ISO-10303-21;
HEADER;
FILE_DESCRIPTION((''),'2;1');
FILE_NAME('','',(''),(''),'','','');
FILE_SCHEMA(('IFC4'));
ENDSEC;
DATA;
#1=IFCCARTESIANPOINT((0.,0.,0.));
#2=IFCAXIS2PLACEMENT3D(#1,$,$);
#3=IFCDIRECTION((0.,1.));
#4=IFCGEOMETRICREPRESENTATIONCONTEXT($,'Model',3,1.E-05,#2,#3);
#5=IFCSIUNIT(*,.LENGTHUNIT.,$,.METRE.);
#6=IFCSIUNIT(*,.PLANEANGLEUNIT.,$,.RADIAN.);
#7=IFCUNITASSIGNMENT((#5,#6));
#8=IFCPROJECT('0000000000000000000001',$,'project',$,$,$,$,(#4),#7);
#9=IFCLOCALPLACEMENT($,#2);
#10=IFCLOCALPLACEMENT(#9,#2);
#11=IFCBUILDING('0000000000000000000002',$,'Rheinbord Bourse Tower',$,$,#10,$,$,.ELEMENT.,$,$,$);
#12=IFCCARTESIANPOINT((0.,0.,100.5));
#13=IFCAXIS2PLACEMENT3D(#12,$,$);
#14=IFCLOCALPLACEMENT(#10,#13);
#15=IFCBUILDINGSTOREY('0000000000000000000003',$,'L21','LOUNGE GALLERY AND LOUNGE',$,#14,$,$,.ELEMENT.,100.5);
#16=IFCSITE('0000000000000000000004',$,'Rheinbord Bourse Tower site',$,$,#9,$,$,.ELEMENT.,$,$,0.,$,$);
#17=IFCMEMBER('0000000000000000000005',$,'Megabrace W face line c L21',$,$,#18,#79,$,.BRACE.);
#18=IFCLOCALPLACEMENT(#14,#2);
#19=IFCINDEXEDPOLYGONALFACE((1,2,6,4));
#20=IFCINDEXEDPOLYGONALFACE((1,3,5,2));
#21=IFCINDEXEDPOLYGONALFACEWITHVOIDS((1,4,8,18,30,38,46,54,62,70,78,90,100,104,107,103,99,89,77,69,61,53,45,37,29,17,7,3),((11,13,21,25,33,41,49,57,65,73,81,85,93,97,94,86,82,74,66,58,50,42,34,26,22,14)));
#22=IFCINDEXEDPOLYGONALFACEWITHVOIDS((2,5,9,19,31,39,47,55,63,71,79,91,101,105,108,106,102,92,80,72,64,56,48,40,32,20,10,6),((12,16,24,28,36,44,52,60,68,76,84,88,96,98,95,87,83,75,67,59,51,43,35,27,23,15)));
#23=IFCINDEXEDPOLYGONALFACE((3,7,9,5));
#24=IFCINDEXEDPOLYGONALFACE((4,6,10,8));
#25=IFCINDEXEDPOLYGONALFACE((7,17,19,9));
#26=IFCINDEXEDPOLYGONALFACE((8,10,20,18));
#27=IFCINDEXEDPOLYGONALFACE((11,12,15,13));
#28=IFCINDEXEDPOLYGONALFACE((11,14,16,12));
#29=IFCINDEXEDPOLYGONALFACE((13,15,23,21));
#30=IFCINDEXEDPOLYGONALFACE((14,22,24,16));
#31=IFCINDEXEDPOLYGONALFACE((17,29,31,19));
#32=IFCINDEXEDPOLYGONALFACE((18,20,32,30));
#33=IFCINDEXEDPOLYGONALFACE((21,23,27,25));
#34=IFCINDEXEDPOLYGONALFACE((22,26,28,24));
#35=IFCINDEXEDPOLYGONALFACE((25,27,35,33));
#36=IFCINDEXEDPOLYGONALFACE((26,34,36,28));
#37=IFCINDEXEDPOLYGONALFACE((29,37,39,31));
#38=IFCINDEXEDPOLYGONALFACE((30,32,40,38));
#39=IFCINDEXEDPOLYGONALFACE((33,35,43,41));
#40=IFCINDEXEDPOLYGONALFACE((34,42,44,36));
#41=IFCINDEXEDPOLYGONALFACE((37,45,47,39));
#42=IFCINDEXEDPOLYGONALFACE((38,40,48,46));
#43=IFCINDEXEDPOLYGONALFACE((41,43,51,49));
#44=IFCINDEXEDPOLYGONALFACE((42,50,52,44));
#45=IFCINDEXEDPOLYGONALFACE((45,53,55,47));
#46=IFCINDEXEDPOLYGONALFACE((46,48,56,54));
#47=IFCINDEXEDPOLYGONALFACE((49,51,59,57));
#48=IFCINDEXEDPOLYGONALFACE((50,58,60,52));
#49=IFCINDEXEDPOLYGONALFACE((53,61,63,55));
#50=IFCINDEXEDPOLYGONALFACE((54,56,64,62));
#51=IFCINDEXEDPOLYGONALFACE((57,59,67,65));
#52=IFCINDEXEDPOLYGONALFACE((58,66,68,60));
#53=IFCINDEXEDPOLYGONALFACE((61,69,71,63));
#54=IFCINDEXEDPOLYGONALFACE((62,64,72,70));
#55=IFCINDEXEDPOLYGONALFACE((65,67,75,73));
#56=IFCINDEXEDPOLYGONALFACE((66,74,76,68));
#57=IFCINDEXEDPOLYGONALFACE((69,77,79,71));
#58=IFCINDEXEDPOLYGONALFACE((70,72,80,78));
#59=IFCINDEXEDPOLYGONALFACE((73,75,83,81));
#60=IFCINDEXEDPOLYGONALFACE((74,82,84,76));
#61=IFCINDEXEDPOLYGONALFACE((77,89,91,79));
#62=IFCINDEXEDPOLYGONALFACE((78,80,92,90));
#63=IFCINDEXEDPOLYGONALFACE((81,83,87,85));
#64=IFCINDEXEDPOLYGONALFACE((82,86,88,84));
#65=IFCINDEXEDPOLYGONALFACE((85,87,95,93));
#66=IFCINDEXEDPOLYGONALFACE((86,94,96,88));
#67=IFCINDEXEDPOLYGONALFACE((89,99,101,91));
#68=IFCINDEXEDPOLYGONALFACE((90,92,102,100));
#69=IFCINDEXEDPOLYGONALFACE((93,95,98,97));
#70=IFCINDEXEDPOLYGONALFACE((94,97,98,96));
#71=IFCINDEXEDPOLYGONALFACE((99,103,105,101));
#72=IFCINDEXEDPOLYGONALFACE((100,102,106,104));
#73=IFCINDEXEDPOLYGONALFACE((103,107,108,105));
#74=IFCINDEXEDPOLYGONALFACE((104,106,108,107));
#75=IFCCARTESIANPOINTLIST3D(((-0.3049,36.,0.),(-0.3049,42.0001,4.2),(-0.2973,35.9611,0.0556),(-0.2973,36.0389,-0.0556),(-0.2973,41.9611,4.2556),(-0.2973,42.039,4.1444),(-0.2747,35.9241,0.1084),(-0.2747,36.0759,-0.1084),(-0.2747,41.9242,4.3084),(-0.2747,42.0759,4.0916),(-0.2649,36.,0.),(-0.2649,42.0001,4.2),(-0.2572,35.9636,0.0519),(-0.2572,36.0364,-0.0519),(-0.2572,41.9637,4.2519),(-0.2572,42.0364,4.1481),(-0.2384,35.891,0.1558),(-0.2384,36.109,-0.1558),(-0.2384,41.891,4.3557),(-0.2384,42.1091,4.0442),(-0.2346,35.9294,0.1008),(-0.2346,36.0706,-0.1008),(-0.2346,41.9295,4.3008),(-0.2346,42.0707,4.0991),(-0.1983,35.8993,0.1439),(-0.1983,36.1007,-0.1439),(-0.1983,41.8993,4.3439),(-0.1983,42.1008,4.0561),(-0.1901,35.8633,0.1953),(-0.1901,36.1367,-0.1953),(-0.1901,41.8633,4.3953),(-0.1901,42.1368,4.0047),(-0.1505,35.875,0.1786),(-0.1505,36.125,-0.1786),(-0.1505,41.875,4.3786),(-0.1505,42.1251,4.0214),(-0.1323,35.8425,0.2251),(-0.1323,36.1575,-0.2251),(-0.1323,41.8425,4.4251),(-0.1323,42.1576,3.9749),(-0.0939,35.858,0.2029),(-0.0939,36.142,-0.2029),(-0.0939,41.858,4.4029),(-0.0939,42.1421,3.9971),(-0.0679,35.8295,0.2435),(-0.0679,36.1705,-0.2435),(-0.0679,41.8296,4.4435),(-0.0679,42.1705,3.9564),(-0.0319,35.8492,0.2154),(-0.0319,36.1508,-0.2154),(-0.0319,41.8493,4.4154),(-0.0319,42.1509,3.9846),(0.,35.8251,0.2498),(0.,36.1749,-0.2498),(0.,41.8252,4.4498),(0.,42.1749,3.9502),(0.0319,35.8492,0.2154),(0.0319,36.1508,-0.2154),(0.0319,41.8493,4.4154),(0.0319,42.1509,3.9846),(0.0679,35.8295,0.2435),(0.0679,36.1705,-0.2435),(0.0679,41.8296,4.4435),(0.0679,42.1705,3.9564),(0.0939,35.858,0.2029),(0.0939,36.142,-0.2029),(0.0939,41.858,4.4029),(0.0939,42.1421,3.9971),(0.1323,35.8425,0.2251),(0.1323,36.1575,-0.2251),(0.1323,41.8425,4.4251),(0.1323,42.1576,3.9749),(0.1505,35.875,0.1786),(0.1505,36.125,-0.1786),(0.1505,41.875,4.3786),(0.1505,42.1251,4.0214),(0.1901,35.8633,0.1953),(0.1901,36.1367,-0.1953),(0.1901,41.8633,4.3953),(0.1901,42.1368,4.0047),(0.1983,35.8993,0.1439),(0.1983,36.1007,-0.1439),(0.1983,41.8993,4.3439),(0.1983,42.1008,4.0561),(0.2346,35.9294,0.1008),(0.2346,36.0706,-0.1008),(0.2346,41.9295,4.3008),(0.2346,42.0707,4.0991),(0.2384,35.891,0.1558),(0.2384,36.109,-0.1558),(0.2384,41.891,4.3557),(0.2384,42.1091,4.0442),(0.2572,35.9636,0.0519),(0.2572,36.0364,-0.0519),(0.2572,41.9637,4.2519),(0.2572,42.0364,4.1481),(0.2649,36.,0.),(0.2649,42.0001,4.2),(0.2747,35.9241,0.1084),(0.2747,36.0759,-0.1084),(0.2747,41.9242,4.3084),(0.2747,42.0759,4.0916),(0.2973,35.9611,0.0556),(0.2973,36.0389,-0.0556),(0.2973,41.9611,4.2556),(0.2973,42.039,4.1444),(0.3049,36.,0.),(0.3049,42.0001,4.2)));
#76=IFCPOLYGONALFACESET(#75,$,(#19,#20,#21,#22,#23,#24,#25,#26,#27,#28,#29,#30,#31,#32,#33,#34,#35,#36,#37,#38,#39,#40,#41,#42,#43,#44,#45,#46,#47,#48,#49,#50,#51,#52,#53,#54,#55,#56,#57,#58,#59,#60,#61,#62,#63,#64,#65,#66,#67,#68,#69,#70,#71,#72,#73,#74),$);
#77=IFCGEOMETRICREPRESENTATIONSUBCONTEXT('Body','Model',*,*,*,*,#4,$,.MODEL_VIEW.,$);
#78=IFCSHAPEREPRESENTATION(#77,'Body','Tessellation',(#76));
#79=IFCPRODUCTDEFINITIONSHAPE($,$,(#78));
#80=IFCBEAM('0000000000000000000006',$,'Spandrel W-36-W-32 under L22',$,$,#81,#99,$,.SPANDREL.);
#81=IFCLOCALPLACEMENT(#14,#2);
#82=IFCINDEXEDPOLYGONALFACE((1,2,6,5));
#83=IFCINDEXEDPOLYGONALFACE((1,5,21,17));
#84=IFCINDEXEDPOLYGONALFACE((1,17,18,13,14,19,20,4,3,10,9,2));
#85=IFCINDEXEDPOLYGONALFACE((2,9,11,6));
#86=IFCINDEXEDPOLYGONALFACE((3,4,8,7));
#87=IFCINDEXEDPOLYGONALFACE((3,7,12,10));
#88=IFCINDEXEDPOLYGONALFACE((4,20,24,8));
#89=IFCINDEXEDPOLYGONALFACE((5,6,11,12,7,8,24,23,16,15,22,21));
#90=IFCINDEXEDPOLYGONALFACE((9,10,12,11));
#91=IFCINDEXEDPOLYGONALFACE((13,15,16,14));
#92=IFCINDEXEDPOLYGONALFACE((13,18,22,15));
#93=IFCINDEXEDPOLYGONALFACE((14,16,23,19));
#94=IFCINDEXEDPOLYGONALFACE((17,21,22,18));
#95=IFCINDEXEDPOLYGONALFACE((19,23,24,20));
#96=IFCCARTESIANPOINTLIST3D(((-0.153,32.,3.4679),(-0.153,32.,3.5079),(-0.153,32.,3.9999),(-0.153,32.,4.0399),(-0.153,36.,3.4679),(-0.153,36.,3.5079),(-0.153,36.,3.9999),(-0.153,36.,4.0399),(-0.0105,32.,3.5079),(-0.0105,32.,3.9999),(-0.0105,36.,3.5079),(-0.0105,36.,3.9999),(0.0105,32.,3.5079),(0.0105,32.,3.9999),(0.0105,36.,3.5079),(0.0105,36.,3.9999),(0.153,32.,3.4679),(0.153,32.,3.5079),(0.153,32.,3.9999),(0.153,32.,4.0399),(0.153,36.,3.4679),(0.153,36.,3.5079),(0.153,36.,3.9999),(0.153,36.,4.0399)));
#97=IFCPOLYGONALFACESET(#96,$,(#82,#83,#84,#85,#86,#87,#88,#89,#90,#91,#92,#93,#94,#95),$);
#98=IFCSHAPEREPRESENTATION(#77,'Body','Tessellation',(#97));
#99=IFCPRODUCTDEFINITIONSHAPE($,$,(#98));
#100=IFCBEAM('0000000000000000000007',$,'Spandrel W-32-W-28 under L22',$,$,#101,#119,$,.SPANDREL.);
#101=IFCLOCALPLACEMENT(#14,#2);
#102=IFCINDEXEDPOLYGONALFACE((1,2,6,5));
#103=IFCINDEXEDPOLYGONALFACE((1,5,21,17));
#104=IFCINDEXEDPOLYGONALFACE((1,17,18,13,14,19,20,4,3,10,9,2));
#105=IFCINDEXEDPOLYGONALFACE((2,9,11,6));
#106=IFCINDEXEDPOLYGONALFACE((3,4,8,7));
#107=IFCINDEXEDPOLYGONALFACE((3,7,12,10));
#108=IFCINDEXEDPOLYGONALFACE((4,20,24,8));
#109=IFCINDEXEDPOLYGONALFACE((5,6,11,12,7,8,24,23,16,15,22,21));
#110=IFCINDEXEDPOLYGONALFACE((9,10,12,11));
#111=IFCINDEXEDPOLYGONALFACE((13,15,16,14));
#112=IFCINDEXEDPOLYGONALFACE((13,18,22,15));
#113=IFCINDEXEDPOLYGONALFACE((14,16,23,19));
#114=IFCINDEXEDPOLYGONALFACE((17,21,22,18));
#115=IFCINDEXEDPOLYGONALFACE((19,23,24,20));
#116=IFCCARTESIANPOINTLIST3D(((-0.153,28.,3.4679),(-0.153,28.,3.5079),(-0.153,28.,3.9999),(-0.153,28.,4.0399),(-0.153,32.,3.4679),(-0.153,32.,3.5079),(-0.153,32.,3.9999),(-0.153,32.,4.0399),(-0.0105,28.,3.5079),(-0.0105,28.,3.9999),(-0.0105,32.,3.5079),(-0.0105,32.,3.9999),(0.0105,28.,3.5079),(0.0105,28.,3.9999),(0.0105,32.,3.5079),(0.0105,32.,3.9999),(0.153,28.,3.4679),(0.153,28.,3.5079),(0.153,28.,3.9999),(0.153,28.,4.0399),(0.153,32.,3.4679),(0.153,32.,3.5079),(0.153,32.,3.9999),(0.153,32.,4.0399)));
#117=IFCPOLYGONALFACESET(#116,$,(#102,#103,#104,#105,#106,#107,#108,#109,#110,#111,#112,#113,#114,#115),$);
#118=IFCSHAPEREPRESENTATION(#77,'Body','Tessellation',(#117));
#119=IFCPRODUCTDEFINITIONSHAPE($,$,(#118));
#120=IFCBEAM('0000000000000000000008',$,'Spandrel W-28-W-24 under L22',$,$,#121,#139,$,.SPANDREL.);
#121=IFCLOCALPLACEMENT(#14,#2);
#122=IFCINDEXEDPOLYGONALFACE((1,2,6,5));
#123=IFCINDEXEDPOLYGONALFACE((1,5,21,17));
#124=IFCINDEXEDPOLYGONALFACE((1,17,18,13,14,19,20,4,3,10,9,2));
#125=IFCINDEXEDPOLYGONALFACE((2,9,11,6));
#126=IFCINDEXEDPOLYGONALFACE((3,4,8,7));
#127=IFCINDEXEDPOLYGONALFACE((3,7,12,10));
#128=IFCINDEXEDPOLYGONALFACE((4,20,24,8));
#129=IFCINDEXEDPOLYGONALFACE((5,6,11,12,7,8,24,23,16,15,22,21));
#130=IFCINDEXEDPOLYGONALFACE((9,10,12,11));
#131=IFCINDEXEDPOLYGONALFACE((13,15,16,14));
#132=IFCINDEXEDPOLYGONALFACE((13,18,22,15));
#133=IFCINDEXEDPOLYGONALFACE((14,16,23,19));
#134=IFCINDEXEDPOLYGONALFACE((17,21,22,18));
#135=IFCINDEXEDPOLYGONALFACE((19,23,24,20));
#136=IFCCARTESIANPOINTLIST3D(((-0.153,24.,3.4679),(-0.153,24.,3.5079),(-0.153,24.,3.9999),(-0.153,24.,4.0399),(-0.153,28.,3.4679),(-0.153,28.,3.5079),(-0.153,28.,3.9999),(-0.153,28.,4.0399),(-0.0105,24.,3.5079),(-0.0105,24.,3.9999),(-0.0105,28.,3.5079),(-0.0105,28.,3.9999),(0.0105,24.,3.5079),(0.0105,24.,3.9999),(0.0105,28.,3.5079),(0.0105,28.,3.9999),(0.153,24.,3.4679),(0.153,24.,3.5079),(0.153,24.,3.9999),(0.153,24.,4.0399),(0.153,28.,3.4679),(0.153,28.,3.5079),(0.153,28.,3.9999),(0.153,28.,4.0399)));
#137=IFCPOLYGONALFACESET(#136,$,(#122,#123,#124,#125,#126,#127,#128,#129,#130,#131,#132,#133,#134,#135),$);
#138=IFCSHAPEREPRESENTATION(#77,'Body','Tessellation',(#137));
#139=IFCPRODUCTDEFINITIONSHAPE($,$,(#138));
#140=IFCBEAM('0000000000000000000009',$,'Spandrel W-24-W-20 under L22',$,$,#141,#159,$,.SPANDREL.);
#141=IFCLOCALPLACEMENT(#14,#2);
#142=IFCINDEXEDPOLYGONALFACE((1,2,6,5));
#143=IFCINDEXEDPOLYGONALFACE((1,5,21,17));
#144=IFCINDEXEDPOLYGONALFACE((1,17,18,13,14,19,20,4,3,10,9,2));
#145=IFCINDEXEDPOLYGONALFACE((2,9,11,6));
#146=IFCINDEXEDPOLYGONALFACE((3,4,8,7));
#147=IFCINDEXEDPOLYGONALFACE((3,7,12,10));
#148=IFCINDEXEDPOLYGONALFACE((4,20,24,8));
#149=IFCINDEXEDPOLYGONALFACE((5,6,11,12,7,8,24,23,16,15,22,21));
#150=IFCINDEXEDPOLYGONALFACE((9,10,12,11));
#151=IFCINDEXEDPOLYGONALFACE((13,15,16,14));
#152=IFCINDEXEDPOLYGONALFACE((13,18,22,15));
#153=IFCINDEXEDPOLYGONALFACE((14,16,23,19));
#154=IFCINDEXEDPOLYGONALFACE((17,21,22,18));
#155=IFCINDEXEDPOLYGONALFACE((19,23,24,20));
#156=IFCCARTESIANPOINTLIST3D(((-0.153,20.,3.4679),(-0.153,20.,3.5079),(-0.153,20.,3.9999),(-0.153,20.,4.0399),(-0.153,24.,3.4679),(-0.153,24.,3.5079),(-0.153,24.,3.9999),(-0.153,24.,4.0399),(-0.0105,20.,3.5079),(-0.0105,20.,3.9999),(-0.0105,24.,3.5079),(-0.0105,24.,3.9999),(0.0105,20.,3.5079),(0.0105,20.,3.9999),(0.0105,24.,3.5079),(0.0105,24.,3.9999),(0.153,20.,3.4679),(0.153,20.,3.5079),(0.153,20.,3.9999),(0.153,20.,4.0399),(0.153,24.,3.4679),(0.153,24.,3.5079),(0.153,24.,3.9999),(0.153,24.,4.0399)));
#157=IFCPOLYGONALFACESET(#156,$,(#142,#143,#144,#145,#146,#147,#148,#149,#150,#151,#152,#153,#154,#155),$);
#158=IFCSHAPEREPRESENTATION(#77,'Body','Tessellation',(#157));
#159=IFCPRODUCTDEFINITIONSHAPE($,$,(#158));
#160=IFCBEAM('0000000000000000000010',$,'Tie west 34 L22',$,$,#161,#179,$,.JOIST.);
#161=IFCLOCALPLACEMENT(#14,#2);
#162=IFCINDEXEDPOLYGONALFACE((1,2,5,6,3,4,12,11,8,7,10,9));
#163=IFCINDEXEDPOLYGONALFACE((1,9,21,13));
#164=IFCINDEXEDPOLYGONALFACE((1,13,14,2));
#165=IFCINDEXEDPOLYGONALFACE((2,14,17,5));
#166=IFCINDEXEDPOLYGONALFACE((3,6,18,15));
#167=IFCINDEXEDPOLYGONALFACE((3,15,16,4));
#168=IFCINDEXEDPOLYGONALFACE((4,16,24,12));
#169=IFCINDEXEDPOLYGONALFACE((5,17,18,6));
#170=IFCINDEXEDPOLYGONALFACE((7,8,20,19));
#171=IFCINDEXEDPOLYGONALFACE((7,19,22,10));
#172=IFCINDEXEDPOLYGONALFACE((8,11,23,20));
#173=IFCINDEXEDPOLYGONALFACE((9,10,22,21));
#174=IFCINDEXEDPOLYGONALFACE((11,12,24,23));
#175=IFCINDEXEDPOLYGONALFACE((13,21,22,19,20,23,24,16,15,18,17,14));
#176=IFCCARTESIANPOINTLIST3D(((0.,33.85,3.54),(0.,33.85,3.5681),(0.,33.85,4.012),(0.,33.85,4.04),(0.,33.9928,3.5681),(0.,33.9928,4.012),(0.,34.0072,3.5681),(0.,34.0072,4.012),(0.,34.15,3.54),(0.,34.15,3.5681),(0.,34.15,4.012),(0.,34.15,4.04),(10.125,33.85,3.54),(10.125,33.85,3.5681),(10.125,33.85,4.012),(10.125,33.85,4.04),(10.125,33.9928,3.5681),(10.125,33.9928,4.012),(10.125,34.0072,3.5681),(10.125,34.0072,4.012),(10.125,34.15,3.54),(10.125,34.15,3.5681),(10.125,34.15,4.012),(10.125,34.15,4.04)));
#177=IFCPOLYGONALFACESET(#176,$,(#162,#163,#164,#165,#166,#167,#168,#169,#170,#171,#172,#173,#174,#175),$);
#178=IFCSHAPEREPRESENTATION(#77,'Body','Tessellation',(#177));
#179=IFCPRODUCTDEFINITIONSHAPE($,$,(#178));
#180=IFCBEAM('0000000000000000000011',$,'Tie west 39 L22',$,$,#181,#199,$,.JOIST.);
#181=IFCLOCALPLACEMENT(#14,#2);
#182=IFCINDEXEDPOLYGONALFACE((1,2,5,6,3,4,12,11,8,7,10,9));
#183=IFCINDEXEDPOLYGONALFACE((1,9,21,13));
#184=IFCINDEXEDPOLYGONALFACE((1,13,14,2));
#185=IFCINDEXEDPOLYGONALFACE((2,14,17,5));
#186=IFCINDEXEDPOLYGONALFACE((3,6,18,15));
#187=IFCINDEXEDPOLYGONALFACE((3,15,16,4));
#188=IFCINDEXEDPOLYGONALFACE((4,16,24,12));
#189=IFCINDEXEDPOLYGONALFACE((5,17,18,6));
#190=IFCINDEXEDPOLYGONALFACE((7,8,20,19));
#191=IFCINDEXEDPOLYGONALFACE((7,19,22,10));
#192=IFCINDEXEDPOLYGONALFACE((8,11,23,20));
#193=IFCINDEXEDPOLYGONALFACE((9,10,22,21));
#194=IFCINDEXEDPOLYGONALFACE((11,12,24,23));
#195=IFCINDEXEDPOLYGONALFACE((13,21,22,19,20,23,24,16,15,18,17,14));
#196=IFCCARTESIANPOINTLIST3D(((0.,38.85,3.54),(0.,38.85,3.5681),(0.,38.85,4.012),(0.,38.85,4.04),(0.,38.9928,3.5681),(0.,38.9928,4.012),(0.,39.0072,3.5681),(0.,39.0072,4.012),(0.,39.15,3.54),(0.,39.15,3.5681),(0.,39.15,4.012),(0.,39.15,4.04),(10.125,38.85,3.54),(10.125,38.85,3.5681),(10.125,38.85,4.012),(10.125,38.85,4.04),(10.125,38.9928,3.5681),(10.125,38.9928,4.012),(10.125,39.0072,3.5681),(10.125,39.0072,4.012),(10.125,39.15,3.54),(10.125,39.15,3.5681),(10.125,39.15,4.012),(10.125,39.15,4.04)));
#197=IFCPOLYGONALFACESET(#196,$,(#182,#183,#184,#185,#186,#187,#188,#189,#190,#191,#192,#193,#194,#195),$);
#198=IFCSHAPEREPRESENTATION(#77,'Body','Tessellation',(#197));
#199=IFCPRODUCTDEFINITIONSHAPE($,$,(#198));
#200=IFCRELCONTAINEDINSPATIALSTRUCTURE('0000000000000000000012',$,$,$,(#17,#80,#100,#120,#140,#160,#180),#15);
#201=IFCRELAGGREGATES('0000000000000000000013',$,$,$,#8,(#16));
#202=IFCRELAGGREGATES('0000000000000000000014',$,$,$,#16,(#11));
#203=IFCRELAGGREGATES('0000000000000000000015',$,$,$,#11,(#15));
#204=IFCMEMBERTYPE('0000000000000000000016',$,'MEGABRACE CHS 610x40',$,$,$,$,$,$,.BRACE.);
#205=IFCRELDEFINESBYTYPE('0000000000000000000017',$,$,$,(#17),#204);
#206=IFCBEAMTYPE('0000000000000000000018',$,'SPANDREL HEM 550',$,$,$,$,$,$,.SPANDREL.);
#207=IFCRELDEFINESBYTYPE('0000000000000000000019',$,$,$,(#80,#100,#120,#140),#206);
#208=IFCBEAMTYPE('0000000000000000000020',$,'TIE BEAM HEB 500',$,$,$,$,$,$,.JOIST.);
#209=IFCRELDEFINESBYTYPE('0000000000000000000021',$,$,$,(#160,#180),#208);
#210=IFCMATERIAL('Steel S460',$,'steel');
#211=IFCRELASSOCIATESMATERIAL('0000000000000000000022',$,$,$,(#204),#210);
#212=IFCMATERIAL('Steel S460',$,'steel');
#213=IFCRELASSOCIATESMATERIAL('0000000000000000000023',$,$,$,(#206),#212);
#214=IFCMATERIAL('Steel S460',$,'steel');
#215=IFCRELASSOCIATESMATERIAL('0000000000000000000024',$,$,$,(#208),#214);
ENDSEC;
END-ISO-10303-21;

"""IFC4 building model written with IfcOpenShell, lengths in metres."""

from ifc_helpers import new_model, si_unit, direction, frame, origin, origin_2d, place, context, subcontext, project, spatial, hollow_circle, i_section, extrude, material, material_profile, profile_set, type_object, element, save


model = new_model("IFC4")

# Units and contexts
model_context = context("Model", 3, precision=1e-05, world=origin(), true_north=direction((0.0, 1.0)))
body_context = subcontext(model_context, "Body", "Model", "MODEL_VIEW")
ifc_project = project(units=[si_unit("LENGTHUNIT", "METRE"), si_unit("PLANEANGLEUNIT", "RADIAN")], contexts=[model_context])

# Site, building, storey
site_placement = place(None, origin())
site = spatial("IfcSite", under=ifc_project, at=site_placement, Name="Rheinbord Bourse Tower site", CompositionType="ELEMENT", RefElevation=0.0)
building_placement = place(site_placement, origin())
building = spatial("IfcBuilding", under=site, at=building_placement, Name="Rheinbord Bourse Tower", CompositionType="ELEMENT")
storey_placement = place(building_placement, frame((0.0, 0.0, 100.5)))
storey = spatial("IfcBuildingStorey", under=building, at=storey_placement, Name="L21", Description="LOUNGE GALLERY AND LOUNGE", CompositionType="ELEMENT", Elevation=100.5)

# Member
ifc_material_1 = material(Name="Steel S460", Category="steel")
ifc_material_profile_1 = material_profile(ifc_material_1, hollow_circle(Radius=0.3049, WallThickness=0.04, at=origin_2d()), Name="CHS 610x40")
ifc_profile_set_1 = profile_set([ifc_material_profile_1], Name="Steel S460")
member_type_1 = type_object("IfcMemberType", Name="MEGABRACE CHS 610x40", PredefinedType="BRACE", material=ifc_profile_set_1)
member_1_placement = place(storey_placement, frame((0.0, 36.0, 0.0), z_axis=(0.0, 0.819235, 0.573458), x_axis=(-1.0, 0.0, 0.0)))
element("IfcMember", 1, at=member_1_placement, inside=storey, type_object=member_type_1, Name="Megabrace W face line c L21", PredefinedType="BRACE", context=body_context, shape_type="SweptSolid", body=[
    extrude(hollow_circle(Radius=0.3049, WallThickness=0.04, at=origin_2d()), origin(), (0.0, 0.0, 1.0), 7.324),
])

# Beams
ifc_material_2 = material(Name="Steel S460", Category="steel")
ifc_material_profile_2 = material_profile(ifc_material_2, i_section(OverallWidth=0.3059, OverallDepth=0.572, WebThickness=0.021, FlangeThickness=0.04, at=origin_2d()), Name="HEM 550")
ifc_profile_set_2 = profile_set([ifc_material_profile_2], Name="Steel S460")
beam_type_1 = type_object("IfcBeamType", Name="SPANDREL HEM 550", PredefinedType="SPANDREL", material=ifc_profile_set_2)
for number, where, z_axis, x_axis, name in (
    (2, (0.0, 36.0, 3.7539), (0.0, -1.0, 0.0), (1.0, 0.0, 0.0), "Spandrel W-36-W-32 under L22"),
    (3, (0.0, 32.0, 3.7539), (0.0, -1.0, 0.0), (1.0, 0.0, 0.0), "Spandrel W-32-W-28 under L22"),
    (4, (0.0, 28.0, 3.7539), (0.0, -1.0, 0.0), (1.0, 0.0, 0.0), "Spandrel W-28-W-24 under L22"),
    (5, (0.0, 24.0, 3.7539), (0.0, -1.0, 0.0), (1.0, 0.0, 0.0), "Spandrel W-24-W-20 under L22"),
):
    element("IfcBeam", number, at=place(storey_placement, frame(where, z_axis=z_axis, x_axis=x_axis)), inside=storey, type_object=beam_type_1, Name=name, PredefinedType="SPANDREL", context=body_context, shape_type="SweptSolid", body=[
        extrude(i_section(OverallWidth=0.3059, OverallDepth=0.572, WebThickness=0.021, FlangeThickness=0.04, at=origin_2d()), origin(), (0.0, 0.0, 1.0), 4.0),
    ])
ifc_material_3 = material(Name="Steel S460", Category="steel")
ifc_material_profile_3 = material_profile(ifc_material_3, i_section(OverallWidth=0.3, OverallDepth=0.5, WebThickness=0.0144, FlangeThickness=0.0281, at=origin_2d()), Name="HEB 500")
ifc_profile_set_3 = profile_set([ifc_material_profile_3], Name="Steel S460")
beam_type_2 = type_object("IfcBeamType", Name="TIE BEAM HEB 500", PredefinedType="JOIST", material=ifc_profile_set_3)
for number, where, z_axis, x_axis, name in (
    (6, (0.0, 34.0, 3.79), (1.0, 0.0, 0.0), (0.0, 1.0, 0.0), "Tie west 34 L22"),
    (7, (0.0, 39.0, 3.79), (1.0, 0.0, 0.0), (0.0, 1.0, 0.0), "Tie west 39 L22"),
):
    element("IfcBeam", number, at=place(storey_placement, frame(where, z_axis=z_axis, x_axis=x_axis)), inside=storey, type_object=beam_type_2, Name=name, PredefinedType="JOIST", context=body_context, shape_type="SweptSolid", body=[
        extrude(i_section(OverallWidth=0.3, OverallDepth=0.5, WebThickness=0.0144, FlangeThickness=0.0281, at=origin_2d()), origin(), (0.0, 0.0, 1.0), 10.125),
    ])

save(model, "model.ifc")
